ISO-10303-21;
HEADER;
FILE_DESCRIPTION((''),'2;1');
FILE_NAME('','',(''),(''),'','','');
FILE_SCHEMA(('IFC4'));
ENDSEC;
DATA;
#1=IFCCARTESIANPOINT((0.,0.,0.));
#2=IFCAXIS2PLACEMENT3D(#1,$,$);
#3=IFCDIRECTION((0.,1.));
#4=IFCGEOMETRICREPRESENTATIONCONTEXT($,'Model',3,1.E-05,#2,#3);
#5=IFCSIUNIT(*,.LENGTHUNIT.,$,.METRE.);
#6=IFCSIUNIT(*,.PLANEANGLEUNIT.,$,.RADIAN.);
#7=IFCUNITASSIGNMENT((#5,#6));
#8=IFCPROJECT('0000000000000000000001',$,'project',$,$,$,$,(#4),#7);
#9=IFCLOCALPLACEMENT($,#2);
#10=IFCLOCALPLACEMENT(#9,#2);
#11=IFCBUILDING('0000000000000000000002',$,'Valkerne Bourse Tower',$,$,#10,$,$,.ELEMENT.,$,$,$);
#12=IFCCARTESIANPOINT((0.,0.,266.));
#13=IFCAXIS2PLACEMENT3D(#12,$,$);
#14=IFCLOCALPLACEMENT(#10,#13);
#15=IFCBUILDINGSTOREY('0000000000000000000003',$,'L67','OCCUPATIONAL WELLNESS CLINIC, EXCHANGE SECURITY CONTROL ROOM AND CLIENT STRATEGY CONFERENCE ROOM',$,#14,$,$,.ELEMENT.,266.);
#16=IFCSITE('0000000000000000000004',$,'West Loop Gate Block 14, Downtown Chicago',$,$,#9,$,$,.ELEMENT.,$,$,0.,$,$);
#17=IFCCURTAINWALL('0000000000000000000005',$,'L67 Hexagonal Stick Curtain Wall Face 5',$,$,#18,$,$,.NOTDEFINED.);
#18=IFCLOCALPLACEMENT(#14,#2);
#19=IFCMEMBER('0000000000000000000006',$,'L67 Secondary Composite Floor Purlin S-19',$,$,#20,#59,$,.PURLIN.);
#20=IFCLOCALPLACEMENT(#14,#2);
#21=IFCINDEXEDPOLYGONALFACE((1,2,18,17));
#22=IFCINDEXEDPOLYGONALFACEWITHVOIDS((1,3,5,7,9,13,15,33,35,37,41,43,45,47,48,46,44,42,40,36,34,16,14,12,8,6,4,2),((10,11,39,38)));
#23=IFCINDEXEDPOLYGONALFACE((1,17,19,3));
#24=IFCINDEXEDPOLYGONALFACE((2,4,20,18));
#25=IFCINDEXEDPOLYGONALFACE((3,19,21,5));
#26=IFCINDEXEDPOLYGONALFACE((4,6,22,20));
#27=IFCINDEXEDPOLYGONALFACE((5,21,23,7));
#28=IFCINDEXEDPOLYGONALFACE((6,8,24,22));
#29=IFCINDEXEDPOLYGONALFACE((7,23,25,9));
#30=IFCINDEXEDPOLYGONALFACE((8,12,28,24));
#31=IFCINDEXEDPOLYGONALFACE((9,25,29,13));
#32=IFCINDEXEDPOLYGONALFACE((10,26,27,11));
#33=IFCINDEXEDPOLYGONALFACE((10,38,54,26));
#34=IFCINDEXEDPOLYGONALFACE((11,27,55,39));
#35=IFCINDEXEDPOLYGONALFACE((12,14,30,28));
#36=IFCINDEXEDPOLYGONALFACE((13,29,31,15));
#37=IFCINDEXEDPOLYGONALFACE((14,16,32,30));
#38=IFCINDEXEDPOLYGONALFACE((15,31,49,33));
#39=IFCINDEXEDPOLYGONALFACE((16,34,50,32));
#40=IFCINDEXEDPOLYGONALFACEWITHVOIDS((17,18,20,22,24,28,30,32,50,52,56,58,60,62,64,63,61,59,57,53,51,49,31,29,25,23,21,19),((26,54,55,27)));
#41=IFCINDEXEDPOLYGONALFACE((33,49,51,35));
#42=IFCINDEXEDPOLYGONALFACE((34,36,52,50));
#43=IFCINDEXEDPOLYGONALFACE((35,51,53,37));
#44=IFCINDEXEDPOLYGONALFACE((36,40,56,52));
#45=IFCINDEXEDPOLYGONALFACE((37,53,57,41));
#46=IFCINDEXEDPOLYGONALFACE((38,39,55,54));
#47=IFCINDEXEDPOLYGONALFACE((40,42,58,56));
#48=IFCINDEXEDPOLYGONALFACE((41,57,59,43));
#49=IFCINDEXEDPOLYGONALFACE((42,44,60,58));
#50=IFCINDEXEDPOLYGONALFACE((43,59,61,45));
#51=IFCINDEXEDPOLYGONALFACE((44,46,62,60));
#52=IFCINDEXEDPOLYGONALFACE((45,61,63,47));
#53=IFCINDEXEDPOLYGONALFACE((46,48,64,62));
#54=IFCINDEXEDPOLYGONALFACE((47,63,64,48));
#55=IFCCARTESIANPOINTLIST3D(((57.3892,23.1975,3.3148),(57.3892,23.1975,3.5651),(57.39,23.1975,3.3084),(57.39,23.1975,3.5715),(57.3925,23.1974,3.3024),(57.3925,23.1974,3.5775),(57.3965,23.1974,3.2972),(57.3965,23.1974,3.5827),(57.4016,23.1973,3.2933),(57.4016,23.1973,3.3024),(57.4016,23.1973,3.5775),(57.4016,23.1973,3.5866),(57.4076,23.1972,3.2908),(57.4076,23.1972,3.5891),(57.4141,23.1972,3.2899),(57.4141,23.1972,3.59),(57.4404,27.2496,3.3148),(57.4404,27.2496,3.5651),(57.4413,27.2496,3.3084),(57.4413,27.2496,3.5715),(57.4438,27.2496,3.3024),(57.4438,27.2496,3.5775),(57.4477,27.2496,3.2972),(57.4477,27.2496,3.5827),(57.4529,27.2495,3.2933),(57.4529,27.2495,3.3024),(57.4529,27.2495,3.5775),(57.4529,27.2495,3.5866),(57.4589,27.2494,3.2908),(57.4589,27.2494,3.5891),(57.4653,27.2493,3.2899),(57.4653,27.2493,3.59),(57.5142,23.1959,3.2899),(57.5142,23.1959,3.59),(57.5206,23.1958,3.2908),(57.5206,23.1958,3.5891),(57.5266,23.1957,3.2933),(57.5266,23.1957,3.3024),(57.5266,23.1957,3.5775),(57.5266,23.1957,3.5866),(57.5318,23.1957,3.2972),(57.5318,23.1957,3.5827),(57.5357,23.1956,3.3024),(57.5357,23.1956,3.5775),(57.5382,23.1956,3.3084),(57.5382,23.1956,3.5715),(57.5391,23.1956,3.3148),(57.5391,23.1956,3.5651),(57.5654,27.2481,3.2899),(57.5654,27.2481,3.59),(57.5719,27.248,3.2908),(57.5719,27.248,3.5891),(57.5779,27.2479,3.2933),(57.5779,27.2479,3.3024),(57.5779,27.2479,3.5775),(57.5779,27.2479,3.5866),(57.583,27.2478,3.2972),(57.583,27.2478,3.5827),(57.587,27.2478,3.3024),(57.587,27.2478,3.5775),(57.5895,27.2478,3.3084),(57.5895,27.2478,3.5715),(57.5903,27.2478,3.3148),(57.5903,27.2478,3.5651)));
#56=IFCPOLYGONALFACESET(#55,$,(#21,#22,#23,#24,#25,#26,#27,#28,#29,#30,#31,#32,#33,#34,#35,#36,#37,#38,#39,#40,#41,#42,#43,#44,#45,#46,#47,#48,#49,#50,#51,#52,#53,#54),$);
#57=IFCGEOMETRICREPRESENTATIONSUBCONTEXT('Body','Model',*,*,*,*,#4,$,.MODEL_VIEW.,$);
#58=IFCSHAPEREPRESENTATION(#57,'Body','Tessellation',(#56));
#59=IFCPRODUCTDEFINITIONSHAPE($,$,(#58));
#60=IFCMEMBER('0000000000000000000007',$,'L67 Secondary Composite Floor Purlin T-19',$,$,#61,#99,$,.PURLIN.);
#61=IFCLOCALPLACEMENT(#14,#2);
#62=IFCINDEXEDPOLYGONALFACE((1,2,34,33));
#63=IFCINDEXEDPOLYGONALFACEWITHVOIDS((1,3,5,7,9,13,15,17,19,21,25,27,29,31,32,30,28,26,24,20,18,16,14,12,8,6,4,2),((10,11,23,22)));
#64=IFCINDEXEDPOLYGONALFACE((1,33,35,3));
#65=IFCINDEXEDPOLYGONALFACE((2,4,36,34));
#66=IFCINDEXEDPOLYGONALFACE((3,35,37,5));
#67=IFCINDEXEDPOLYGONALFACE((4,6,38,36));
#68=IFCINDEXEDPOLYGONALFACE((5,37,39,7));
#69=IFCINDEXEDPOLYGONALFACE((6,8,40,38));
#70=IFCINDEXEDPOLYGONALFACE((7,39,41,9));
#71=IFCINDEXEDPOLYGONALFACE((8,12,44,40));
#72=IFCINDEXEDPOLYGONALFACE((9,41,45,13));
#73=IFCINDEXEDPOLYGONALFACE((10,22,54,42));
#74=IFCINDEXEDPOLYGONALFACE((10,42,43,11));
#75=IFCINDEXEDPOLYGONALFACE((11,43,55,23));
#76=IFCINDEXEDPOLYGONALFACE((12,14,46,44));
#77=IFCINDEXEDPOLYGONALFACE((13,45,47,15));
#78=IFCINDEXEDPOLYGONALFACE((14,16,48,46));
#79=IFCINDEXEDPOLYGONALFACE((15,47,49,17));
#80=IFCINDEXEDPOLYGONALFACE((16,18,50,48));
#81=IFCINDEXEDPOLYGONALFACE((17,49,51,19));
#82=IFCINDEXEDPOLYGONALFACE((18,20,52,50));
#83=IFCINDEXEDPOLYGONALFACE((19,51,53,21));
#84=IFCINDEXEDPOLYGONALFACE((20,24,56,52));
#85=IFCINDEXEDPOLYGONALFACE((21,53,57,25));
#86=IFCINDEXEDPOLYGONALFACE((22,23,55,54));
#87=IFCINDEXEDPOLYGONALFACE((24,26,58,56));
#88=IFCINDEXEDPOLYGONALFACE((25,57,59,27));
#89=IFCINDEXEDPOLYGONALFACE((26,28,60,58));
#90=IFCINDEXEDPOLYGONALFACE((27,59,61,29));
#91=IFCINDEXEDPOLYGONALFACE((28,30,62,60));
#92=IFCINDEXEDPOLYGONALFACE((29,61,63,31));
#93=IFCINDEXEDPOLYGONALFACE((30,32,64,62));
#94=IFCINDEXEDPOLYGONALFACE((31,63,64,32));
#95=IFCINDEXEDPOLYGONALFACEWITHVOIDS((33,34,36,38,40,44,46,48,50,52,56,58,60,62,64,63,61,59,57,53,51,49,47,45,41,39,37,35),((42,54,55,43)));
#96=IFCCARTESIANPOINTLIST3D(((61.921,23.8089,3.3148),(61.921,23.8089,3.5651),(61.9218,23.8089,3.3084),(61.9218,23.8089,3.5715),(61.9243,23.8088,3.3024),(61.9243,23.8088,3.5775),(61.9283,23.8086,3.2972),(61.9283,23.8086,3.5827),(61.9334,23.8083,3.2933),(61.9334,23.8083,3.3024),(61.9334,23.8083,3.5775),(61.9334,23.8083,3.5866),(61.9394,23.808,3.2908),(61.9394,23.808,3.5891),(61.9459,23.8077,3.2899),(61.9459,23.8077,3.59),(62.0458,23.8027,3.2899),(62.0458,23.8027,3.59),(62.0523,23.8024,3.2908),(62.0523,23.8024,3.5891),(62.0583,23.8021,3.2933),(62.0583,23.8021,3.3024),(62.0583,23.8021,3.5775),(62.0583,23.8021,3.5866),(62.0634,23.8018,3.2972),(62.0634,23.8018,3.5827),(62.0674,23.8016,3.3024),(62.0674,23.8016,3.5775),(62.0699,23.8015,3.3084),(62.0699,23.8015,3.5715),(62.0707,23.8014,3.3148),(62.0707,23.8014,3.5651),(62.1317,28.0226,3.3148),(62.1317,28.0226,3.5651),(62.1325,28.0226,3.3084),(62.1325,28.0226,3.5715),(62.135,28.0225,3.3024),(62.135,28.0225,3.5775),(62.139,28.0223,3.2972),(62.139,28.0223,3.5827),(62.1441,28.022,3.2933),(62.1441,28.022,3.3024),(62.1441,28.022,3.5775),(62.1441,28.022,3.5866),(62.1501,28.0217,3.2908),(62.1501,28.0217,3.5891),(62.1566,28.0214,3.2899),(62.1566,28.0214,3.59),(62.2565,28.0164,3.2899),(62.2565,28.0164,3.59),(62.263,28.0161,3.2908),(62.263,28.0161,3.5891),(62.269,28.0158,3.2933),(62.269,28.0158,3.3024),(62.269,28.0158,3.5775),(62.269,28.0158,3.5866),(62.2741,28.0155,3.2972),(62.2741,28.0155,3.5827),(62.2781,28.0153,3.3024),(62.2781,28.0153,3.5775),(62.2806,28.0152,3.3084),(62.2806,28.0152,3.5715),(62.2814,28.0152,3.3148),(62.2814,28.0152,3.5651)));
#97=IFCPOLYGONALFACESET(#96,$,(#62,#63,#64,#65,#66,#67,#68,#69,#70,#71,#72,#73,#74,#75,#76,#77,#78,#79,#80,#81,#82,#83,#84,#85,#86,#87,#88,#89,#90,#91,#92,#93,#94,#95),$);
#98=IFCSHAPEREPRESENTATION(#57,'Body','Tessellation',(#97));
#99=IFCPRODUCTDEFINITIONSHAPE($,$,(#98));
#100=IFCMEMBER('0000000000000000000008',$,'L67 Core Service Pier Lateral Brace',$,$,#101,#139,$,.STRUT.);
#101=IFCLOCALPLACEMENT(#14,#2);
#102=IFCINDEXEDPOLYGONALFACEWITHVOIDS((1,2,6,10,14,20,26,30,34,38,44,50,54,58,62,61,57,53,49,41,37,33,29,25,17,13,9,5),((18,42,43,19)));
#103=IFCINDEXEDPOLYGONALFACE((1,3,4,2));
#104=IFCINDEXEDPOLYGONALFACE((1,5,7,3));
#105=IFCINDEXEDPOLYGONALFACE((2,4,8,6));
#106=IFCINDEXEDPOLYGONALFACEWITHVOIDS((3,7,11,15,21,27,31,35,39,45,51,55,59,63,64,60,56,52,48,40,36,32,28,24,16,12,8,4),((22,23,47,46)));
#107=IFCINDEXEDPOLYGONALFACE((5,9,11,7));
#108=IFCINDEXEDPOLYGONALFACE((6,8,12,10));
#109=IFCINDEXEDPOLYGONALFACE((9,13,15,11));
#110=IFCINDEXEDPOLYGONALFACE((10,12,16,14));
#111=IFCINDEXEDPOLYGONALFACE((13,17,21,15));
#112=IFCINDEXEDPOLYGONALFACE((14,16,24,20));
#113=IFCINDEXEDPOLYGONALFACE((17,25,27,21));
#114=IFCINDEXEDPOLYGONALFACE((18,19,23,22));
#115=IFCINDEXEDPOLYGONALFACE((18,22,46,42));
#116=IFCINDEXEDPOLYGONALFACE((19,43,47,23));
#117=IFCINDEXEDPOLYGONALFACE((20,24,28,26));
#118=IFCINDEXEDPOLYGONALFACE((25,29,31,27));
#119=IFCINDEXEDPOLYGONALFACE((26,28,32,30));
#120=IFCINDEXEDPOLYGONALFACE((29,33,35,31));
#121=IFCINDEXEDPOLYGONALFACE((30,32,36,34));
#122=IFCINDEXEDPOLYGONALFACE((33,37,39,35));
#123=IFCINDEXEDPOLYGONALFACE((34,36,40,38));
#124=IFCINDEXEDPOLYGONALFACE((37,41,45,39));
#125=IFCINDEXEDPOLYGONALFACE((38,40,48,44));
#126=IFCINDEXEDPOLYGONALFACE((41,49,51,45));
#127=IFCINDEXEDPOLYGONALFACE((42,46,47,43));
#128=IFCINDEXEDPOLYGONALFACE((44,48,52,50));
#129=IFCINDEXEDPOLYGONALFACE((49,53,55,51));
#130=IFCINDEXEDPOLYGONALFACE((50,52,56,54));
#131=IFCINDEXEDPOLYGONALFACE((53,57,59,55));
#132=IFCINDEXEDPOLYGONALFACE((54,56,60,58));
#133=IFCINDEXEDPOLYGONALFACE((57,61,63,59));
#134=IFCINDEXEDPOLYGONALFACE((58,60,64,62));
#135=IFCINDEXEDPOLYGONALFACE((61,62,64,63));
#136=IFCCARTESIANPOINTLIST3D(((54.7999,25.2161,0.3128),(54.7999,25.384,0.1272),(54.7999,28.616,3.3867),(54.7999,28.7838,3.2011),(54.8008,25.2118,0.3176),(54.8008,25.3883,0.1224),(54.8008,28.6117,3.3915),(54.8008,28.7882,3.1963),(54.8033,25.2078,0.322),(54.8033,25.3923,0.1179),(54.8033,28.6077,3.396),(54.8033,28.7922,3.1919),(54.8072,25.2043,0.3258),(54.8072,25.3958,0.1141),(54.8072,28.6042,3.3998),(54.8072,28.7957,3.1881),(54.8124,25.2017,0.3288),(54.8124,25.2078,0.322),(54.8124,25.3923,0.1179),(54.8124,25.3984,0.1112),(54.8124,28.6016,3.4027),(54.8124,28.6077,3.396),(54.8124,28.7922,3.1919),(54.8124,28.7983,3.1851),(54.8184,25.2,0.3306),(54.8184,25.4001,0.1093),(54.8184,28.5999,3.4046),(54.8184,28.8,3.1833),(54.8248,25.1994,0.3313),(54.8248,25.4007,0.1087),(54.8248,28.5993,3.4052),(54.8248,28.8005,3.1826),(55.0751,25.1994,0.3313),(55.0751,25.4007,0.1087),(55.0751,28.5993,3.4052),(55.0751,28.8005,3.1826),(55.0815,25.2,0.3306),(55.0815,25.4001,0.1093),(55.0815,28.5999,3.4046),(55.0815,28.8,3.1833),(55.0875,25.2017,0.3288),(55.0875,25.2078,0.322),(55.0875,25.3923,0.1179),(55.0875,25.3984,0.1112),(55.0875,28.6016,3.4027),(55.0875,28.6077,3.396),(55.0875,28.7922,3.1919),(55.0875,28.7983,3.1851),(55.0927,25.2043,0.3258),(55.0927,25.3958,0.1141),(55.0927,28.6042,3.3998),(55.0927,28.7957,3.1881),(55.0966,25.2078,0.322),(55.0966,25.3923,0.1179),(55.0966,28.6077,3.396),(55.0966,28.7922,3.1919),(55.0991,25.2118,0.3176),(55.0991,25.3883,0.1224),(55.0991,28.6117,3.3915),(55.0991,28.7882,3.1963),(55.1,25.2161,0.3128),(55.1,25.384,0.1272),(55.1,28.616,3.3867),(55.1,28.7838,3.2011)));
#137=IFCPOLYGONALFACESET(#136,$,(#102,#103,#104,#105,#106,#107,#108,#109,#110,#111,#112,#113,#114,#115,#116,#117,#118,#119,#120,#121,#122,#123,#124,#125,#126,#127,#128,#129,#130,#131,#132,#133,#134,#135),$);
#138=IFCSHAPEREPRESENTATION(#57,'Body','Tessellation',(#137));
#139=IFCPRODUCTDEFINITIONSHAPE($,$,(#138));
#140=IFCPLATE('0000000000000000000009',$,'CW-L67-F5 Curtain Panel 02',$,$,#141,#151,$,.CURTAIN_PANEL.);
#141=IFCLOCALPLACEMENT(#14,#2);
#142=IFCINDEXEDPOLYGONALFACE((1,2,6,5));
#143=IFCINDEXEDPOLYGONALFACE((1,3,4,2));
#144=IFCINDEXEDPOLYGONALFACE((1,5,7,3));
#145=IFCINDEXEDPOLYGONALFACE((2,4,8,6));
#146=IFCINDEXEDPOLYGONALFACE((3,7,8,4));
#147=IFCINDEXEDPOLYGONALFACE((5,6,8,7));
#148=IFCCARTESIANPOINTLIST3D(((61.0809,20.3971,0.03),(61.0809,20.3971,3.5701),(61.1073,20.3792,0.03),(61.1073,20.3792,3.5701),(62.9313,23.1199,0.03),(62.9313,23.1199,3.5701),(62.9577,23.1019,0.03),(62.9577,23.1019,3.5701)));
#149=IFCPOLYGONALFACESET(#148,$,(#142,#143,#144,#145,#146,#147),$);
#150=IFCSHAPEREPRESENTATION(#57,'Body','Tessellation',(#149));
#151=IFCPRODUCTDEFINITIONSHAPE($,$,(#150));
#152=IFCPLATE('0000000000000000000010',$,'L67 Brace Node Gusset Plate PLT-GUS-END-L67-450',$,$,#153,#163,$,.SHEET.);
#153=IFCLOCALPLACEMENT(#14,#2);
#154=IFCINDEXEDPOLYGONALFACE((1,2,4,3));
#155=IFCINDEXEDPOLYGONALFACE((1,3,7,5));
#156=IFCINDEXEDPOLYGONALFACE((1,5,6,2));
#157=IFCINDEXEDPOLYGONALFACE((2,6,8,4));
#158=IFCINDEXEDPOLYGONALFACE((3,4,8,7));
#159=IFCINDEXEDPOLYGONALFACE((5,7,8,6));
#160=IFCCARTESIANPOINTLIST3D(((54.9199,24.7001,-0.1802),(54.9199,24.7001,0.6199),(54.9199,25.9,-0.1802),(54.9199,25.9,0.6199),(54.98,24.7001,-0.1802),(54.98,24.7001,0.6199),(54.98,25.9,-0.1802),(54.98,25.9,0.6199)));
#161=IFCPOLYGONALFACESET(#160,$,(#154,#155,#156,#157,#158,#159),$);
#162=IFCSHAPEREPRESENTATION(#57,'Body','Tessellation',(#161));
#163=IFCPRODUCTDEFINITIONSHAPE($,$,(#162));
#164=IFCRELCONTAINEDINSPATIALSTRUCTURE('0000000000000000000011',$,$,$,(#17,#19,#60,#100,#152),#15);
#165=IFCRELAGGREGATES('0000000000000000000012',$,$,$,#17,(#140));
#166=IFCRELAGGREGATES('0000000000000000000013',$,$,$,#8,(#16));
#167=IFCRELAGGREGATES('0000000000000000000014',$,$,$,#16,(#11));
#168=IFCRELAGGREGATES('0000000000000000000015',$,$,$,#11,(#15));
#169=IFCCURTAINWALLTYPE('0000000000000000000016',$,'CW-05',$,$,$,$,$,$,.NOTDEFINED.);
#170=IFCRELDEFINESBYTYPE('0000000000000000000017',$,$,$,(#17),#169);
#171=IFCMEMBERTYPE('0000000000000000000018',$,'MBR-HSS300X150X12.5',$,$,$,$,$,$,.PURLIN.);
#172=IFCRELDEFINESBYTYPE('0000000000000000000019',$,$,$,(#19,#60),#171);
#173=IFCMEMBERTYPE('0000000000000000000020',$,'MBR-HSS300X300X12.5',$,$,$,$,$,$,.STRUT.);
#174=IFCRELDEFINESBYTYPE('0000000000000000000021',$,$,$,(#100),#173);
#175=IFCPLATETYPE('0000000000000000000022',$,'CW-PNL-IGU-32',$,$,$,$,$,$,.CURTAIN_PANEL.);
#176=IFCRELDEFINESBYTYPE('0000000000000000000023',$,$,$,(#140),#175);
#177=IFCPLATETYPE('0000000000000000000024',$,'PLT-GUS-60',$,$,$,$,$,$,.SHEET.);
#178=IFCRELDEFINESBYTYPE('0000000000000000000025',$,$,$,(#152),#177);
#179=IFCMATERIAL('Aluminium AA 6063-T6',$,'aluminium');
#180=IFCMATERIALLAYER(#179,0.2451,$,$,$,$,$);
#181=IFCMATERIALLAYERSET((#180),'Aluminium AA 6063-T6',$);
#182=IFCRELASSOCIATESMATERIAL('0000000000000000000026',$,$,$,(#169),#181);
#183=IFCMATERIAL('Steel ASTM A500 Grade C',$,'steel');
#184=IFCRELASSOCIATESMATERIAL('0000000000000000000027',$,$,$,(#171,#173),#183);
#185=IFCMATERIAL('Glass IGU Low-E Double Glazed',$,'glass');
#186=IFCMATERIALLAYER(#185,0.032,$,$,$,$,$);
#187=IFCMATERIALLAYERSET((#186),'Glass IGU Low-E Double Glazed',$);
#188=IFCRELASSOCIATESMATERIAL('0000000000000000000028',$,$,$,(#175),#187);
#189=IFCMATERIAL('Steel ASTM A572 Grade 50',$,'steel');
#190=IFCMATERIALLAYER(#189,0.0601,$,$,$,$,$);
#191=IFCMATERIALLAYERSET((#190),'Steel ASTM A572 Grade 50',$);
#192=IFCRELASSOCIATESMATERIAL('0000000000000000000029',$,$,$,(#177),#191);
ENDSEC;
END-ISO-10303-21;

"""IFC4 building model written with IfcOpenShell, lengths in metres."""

from ifc_helpers import new_model, si_unit, direction, frame, origin, origin_2d, place, context, subcontext, project, spatial, rectangle, hollow_rectangle, extrude, material, layer, layer_set, material_profile, profile_set, type_object, element, aggregate, save


model = new_model("IFC4")

# Units and contexts
model_context = context("Model", 3, precision=1e-05, world=origin(), true_north=direction((0.0, 1.0)))
body_context = subcontext(model_context, "Body", "Model", "MODEL_VIEW")
ifc_project = project(units=[si_unit("LENGTHUNIT", "METRE"), si_unit("PLANEANGLEUNIT", "RADIAN")], contexts=[model_context])

# Site, building, storey
site_placement = place(None, origin())
site = spatial("IfcSite", under=ifc_project, at=site_placement, Name="West Loop Gate Block 14, Downtown Chicago", CompositionType="ELEMENT", RefElevation=0.0)
building_placement = place(site_placement, origin())
building = spatial("IfcBuilding", under=site, at=building_placement, Name="Valkerne Bourse Tower", CompositionType="ELEMENT")
storey_placement = place(building_placement, frame((0.0, 0.0, 266.0)))
storey = spatial("IfcBuildingStorey", under=building, at=storey_placement, Name="L67", Description="OCCUPATIONAL WELLNESS CLINIC, EXCHANGE SECURITY CONTROL ROOM AND CLIENT STRATEGY CONFERENCE ROOM", CompositionType="ELEMENT", Elevation=266.0)

# Shared definitions
ifc_material_1 = material(Name="Steel ASTM A500 Grade C", Category="steel")

# Curtain wall
ifc_material_2 = material(Name="Aluminium AA 6063-T6", Category="aluminium")
ifc_layer_1 = layer(ifc_material_2, 0.2451)
ifc_layer_set_1 = layer_set([ifc_layer_1], Name="Aluminium AA 6063-T6")
curtain_wall_type = type_object("IfcCurtainWallType", Name="CW-05", PredefinedType="NOTDEFINED", material=ifc_layer_set_1)
curtain_wall_placement = place(storey_placement, origin())
curtain_wall = element("IfcCurtainWall", 1, at=curtain_wall_placement, inside=storey, type_object=curtain_wall_type, Name="L67 Hexagonal Stick Curtain Wall Face 5", PredefinedType="NOTDEFINED")

# Members
ifc_material_profile_1 = material_profile(ifc_material_1, hollow_rectangle(XDim=0.1499, YDim=0.3, WallThickness=0.0125, OuterFilletRadius=0.0249, at=origin_2d()), Name="HSS300X150X12.5")
ifc_profile_set_1 = profile_set([ifc_material_profile_1], Name="Steel ASTM A500 Grade C")
member_type_1 = type_object("IfcMemberType", Name="MBR-HSS300X150X12.5", PredefinedType="PURLIN", material=ifc_profile_set_1)
member_1_placement = place(storey_placement, frame((57.4641, 23.1965, 3.4399), z_axis=(0.012651, 0.99992, 0.0), x_axis=(-0.99992, 0.012651, 0.0)))
element("IfcMember", 2, at=member_1_placement, inside=storey, type_object=member_type_1, Name="L67 Secondary Composite Floor Purlin S-19", PredefinedType="PURLIN", context=body_context, shape_type="SweptSolid", body=[
    extrude(hollow_rectangle(XDim=0.1499, YDim=0.3, WallThickness=0.0125, OuterFilletRadius=0.0249, at=origin_2d()), origin(), (0.0, 0.0, 1.0), 4.0525),
])
member_2_placement = place(storey_placement, frame((61.9958, 23.8052, 3.4399), z_axis=(0.049941, 0.998752, 0.0), x_axis=(-0.998752, 0.049941, 0.0)))
element("IfcMember", 3, at=member_2_placement, inside=storey, type_object=member_type_1, Name="L67 Secondary Composite Floor Purlin T-19", PredefinedType="PURLIN", context=body_context, shape_type="SweptSolid", body=[
    extrude(hollow_rectangle(XDim=0.1499, YDim=0.3, WallThickness=0.0125, OuterFilletRadius=0.0249, at=origin_2d()), origin(), (0.0, 0.0, 1.0), 4.219),
])
ifc_material_profile_2 = material_profile(ifc_material_1, hollow_rectangle(XDim=0.3, YDim=0.3, WallThickness=0.0125, OuterFilletRadius=0.0249, at=origin_2d()), Name="HSS300X300X12.5")
ifc_profile_set_2 = profile_set([ifc_material_profile_2], Name="Steel ASTM A500 Grade C")
member_type_2 = type_object("IfcMemberType", Name="MBR-HSS300X300X12.5", PredefinedType="STRUT", material=ifc_profile_set_2)
member_3_placement = place(storey_placement, frame((54.95, 25.3, 0.22), z_axis=(0.0, 0.741767, 0.670658), x_axis=(-1.0, 0.0, 0.0)))
element("IfcMember", 4, at=member_3_placement, inside=storey, type_object=member_type_2, Name="L67 Core Service Pier Lateral Brace", PredefinedType="STRUT", context=body_context, shape_type="SweptSolid", body=[
    extrude(hollow_rectangle(XDim=0.3, YDim=0.3, WallThickness=0.0125, OuterFilletRadius=0.0249, at=origin_2d()), origin(), (0.0, 0.0, 1.0), 4.5835),
])

# Plates
ifc_material_3 = material(Name="Glass IGU Low-E Double Glazed", Category="glass")
ifc_layer_2 = layer(ifc_material_3, 0.032)
ifc_layer_set_2 = layer_set([ifc_layer_2], Name="Glass IGU Low-E Double Glazed")
plate_type_1 = type_object("IfcPlateType", Name="CW-PNL-IGU-32", PredefinedType="CURTAIN_PANEL", material=ifc_layer_set_2)
plate_1_placement = place(storey_placement, frame((62.0193, 21.7495, 0.03), z_axis=(0.0, 0.0, 1.0), x_axis=(0.562091, 0.827075, 0.0)))
plate_1 = element("IfcPlate", 5, at=plate_1_placement, type_object=plate_type_1, Name="CW-L67-F5 Curtain Panel 02", PredefinedType="CURTAIN_PANEL", context=body_context, shape_type="SweptSolid", body=[
    extrude(rectangle(XDim=3.292, YDim=0.032, at=origin_2d()), origin(), (0.0, 0.0, 1.0), 3.54),
])
aggregate(curtain_wall, [plate_1])
ifc_material_4 = material(Name="Steel ASTM A572 Grade 50", Category="steel")
ifc_layer_3 = layer(ifc_material_4, 0.0601)
ifc_layer_set_3 = layer_set([ifc_layer_3], Name="Steel ASTM A572 Grade 50")
plate_type_2 = type_object("IfcPlateType", Name="PLT-GUS-60", PredefinedType="SHEET", material=ifc_layer_set_3)
plate_2_placement = place(storey_placement, frame((54.95, 25.3, -0.1802), z_axis=(0.0, 0.0, 1.0), x_axis=(0.0, 1.0, 0.0)))
element("IfcPlate", 6, at=plate_2_placement, inside=storey, type_object=plate_type_2, Name="L67 Brace Node Gusset Plate PLT-GUS-END-L67-450", PredefinedType="SHEET", context=body_context, shape_type="SweptSolid", body=[
    extrude(rectangle(XDim=1.2, YDim=0.0601, at=origin_2d()), origin(), (0.0, 0.0, 1.0), 0.8),
])

save(model, "model.ifc")
